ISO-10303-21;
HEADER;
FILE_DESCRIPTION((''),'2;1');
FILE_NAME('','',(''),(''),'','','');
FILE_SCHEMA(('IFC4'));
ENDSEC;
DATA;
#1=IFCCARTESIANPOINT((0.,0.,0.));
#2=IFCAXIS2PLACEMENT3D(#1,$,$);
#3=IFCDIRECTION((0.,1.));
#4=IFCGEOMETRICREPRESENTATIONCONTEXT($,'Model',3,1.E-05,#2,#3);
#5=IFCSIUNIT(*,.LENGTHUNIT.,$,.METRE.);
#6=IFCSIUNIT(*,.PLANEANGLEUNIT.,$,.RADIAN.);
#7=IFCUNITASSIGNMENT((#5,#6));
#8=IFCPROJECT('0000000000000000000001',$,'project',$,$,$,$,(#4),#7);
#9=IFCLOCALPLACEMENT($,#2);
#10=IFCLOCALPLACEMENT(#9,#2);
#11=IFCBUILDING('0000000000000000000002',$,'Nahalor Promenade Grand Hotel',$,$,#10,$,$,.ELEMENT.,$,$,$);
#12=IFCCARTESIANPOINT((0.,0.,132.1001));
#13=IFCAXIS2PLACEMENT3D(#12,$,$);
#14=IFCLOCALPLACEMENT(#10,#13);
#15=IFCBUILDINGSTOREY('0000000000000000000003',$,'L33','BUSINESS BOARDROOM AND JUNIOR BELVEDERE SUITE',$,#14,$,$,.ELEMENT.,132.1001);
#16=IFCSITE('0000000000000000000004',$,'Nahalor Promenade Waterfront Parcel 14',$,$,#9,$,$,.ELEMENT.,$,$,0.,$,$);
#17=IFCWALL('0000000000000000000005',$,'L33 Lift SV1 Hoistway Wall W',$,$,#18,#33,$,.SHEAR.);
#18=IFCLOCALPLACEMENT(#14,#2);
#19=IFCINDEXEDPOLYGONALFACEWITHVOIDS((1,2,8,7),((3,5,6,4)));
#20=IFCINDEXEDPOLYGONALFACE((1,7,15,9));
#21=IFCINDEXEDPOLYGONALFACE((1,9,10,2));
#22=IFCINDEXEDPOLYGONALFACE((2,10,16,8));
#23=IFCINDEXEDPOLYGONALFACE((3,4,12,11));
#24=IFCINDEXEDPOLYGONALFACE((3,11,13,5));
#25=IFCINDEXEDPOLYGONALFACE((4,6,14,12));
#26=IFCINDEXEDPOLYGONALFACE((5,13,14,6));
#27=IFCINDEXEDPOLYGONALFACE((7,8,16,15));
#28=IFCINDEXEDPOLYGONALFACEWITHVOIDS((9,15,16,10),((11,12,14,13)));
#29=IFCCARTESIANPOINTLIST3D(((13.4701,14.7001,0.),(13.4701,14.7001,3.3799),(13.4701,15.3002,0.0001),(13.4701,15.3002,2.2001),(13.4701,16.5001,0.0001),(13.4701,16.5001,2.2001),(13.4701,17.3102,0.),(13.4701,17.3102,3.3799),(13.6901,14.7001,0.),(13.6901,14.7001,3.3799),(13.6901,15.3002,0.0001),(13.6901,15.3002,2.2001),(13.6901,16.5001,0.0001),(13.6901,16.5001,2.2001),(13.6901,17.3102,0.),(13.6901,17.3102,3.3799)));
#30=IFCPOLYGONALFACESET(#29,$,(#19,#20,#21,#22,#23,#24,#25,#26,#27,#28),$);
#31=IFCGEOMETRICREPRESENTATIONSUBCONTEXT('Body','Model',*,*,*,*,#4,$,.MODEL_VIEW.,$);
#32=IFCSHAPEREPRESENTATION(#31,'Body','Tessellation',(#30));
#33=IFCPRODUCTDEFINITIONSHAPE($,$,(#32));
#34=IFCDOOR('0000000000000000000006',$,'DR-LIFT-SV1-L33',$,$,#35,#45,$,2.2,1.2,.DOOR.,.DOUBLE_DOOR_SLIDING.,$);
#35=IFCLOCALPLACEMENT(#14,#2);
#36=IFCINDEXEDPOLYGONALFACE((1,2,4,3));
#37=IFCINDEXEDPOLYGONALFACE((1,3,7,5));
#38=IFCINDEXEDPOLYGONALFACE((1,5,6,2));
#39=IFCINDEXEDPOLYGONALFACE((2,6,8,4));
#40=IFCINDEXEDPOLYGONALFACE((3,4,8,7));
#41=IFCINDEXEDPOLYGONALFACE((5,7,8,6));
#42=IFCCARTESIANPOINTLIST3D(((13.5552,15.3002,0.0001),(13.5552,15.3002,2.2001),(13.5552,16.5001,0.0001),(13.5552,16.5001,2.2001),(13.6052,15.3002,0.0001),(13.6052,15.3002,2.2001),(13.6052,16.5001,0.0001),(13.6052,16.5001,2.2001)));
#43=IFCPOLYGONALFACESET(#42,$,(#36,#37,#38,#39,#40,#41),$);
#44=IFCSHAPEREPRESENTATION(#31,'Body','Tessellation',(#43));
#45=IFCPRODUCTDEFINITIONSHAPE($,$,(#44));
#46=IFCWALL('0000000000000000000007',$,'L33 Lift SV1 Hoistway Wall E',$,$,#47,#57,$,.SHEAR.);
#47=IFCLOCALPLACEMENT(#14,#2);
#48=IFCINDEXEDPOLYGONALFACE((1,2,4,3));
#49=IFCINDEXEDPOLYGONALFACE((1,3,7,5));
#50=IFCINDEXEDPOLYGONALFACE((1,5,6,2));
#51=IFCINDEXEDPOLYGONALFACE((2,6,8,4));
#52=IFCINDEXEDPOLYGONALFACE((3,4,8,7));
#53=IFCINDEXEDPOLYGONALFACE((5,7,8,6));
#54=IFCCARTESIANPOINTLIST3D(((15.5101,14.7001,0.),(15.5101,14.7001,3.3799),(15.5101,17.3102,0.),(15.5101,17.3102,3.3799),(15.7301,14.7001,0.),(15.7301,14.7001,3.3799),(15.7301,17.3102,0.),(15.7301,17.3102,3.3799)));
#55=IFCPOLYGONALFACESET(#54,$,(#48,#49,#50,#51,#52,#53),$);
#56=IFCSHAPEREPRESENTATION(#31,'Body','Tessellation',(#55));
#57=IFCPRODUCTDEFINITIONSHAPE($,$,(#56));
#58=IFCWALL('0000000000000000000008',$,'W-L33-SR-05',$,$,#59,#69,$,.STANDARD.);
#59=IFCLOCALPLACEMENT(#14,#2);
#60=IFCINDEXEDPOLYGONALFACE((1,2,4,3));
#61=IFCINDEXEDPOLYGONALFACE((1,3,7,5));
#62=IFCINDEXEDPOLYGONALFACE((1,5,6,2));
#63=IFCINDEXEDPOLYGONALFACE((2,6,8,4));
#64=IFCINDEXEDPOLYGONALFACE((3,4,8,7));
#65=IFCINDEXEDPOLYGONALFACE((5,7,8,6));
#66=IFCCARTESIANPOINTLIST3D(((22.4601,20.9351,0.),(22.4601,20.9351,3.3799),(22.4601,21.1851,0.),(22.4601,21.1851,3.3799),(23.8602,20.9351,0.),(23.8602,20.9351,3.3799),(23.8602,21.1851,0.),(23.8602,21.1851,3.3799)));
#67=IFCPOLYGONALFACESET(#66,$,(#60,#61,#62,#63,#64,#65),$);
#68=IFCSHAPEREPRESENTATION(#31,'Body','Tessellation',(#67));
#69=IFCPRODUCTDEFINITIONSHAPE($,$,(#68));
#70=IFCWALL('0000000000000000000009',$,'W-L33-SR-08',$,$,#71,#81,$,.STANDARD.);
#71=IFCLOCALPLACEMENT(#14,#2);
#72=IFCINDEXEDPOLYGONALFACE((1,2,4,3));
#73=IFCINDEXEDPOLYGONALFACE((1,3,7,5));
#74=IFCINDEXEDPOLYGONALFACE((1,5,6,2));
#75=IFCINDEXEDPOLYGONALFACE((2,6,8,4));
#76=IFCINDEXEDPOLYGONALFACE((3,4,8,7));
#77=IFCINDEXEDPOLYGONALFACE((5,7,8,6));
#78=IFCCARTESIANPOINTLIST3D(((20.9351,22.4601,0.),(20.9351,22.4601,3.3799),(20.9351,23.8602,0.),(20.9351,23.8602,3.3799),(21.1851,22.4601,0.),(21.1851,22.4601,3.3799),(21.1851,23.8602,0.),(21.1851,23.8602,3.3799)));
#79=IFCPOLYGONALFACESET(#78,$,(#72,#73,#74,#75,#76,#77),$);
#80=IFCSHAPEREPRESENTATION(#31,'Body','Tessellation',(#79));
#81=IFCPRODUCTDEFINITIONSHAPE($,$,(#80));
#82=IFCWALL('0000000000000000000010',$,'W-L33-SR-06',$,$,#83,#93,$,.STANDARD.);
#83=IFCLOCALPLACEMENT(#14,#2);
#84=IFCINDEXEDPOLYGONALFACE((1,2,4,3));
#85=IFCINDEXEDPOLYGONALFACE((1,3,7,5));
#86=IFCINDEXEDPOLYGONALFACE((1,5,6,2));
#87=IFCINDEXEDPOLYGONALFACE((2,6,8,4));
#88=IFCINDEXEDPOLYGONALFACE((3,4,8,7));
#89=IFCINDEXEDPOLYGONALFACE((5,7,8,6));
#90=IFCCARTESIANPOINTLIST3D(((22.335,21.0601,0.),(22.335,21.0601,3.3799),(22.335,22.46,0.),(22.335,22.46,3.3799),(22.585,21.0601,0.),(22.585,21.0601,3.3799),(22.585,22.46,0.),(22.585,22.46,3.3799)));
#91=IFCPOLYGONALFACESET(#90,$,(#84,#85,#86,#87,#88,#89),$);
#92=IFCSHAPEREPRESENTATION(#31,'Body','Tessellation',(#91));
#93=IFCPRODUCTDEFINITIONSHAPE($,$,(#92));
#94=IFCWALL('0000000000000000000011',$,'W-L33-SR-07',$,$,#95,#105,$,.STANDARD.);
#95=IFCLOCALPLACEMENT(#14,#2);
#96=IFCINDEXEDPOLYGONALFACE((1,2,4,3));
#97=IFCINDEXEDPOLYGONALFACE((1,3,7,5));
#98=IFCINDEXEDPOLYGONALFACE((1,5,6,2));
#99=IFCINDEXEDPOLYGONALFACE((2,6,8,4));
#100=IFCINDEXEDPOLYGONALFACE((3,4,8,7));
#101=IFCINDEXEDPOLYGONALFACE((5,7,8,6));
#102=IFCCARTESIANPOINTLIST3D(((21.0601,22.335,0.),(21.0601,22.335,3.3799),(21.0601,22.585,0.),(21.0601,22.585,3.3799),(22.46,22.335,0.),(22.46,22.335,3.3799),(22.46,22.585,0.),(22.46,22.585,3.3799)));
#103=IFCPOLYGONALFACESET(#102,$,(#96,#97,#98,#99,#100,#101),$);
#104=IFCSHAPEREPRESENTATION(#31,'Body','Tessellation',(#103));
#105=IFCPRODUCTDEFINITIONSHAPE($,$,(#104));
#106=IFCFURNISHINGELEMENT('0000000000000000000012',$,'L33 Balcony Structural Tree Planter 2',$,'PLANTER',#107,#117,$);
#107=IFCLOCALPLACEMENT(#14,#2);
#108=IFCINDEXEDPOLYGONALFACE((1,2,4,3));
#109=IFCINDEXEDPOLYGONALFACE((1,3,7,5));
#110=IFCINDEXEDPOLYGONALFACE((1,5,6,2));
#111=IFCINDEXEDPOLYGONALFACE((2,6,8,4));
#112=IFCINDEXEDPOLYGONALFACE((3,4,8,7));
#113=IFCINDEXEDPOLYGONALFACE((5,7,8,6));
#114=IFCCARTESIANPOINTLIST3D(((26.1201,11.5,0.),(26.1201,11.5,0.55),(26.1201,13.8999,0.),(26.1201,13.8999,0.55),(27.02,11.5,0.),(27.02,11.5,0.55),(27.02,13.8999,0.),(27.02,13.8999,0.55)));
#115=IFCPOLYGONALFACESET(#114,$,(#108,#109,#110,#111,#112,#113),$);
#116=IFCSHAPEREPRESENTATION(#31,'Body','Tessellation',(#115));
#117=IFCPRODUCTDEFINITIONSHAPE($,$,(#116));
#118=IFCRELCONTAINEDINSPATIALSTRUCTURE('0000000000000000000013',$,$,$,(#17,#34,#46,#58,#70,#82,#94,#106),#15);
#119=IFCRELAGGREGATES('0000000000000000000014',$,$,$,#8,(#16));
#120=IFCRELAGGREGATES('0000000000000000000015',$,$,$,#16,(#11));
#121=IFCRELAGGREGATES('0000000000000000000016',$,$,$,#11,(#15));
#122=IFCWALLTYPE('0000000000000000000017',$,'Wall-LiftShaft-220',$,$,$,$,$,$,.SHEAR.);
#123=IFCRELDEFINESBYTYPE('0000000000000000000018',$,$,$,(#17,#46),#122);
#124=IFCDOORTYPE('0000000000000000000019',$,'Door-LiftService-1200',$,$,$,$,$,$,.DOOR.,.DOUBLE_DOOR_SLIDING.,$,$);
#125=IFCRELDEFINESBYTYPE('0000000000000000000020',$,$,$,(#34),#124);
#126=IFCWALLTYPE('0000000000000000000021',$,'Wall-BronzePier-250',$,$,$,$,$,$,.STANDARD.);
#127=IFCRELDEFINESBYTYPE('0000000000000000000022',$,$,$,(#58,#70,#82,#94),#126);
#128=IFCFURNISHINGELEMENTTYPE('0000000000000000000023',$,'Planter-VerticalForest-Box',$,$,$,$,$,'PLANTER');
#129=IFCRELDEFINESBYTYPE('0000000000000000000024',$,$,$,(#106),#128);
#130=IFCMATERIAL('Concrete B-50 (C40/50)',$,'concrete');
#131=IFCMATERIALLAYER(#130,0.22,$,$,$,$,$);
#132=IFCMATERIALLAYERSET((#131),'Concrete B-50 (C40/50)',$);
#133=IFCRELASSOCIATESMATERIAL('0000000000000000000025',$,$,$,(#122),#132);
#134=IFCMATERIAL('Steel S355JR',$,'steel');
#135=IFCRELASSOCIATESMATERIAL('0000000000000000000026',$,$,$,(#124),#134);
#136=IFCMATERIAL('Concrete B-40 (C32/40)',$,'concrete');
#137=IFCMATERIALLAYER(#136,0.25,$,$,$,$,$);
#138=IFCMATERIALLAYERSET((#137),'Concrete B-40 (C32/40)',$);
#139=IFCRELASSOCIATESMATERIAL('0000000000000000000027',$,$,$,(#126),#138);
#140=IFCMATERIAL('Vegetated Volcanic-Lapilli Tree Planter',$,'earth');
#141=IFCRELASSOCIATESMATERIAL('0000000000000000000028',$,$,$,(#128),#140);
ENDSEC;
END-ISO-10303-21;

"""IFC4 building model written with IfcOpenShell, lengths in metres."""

from ifc_helpers import new_model, si_unit, direction, frame, frame_2d, origin, origin_2d, place, context, subcontext, project, spatial, rectangle, extrude, source, transform, mapped, material, layer, layer_set, type_object, element, fill, save


model = new_model("IFC4")

# Units and contexts
model_context = context("Model", 3, precision=1e-05, world=origin(), true_north=direction((0.0, 1.0)))
body_context = subcontext(model_context, "Body", "Model", "MODEL_VIEW")
ifc_project = project(units=[si_unit("LENGTHUNIT", "METRE"), si_unit("PLANEANGLEUNIT", "RADIAN")], contexts=[model_context])

# Site, building, storey
site_placement = place(None, origin())
site = spatial("IfcSite", under=ifc_project, at=site_placement, Name="Nahalor Promenade Waterfront Parcel 14", CompositionType="ELEMENT", RefElevation=0.0)
building_placement = place(site_placement, origin())
building = spatial("IfcBuilding", under=site, at=building_placement, Name="Nahalor Promenade Grand Hotel", CompositionType="ELEMENT")
storey_placement = place(building_placement, frame((0.0, 0.0, 132.1001)))
storey = spatial("IfcBuildingStorey", under=building, at=storey_placement, Name="L33", Description="BUSINESS BOARDROOM AND JUNIOR BELVEDERE SUITE", CompositionType="ELEMENT", Elevation=132.1001)

# Shared definitions
ifc_material_1 = material(Name="Steel S355JR", Category="steel")

# Shared definitions
ifc_material_2 = material(Name="Concrete B-50 (C40/50)", Category="concrete")
ifc_layer_1 = layer(ifc_material_2, 0.22)
ifc_layer_set_1 = layer_set([ifc_layer_1], Name="Concrete B-50 (C40/50)")
wall_type_1 = type_object("IfcWallType", Name="Wall-LiftShaft-220", PredefinedType="SHEAR", material=ifc_layer_set_1)

# Wall, opening, door
shared_shape_1 = source(origin(), body_context, "Body", "SweptSolid", [
    extrude(rectangle(XDim=2.6101, YDim=0.22, at=frame_2d((1.3052, 0.0))), origin(), (0.0, 0.0, 1.0), 3.3799),
])
wall_1_placement = place(storey_placement, frame((13.5801, 14.7, 0.0), z_axis=(0.0, 0.0, 1.0), x_axis=(0.0, 1.0, 0.0)))
wall_1 = element("IfcWall", 1, at=wall_1_placement, inside=storey, type_object=wall_type_1, Name="L33 Lift SV1 Hoistway Wall W", PredefinedType="SHEAR", context=body_context, shape_type="MappedRepresentation", body=[
    mapped(shared_shape_1, transform((0.0, 0.0, 0.0), scale=1.0)),
])
opening_placement = place(wall_1_placement, frame((0.6001, 0.0, 0.0)))
opening = element("IfcOpeningElement", 2, at=opening_placement, cuts=wall_1, PredefinedType="OPENING", context=body_context, shape_type="SweptSolid", body=[
    extrude(rectangle(XDim=1.2, YDim=2.2, at=frame_2d((0.6001, 1.1001))), frame((0.0, 0.1199, 0.0), z_axis=(0.0, -1.0, 0.0), x_axis=(1.0, 0.0, 0.0)), (0.0, 0.0, 1.0), 0.24),
])
door_type = type_object("IfcDoorType", Name="Door-LiftService-1200", OperationType="DOUBLE_DOOR_SLIDING", PredefinedType="DOOR", material=ifc_material_1)
shared_shape_2 = source(origin(), body_context, "Body", "SweptSolid", [
    extrude(rectangle(XDim=1.2, YDim=2.2, at=frame_2d((0.6001, 1.1001))), frame((0.0, 0.0249, 0.0), z_axis=(0.0, -1.0, 0.0), x_axis=(1.0, 0.0, 0.0)), (0.0, 0.0, 1.0), 0.05),
])
door_placement = place(opening_placement, origin())
door = element("IfcDoor", 3, at=door_placement, inside=storey, type_object=door_type, Name="DR-LIFT-SV1-L33", OperationType="DOUBLE_DOOR_SLIDING", OverallHeight=2.2, OverallWidth=1.2, PredefinedType="DOOR", context=body_context, shape_type="MappedRepresentation", body=[
    mapped(shared_shape_2, transform((0.0, 0.0, 0.0), scale=1.0)),
])
fill(opening, door)

# Walls
wall_2_placement = place(storey_placement, frame((15.6201, 14.7, 0.0), z_axis=(0.0, 0.0, 1.0), x_axis=(0.0, 1.0, 0.0)))
element("IfcWall", 4, at=wall_2_placement, inside=storey, type_object=wall_type_1, Name="L33 Lift SV1 Hoistway Wall E", PredefinedType="SHEAR", context=body_context, shape_type="MappedRepresentation", body=[
    mapped(shared_shape_1, transform((0.0, 0.0, 0.0), scale=1.0)),
])
ifc_material_3 = material(Name="Concrete B-40 (C32/40)", Category="concrete")
ifc_layer_2 = layer(ifc_material_3, 0.25)
ifc_layer_set_2 = layer_set([ifc_layer_2], Name="Concrete B-40 (C32/40)")
wall_type_2 = type_object("IfcWallType", Name="Wall-BronzePier-250", PredefinedType="STANDARD", material=ifc_layer_set_2)
shared_shape_3 = source(origin(), body_context, "Body", "SweptSolid", [
    extrude(rectangle(XDim=1.4001, YDim=0.25, at=frame_2d((0.7002, 0.0))), origin(), (0.0, 0.0, 1.0), 3.3799),
])
for number, where, z_axis, x_axis, name in (
    (5, (22.46, 21.0601, 0.0), (0.0, 0.0, 1.0), (1.0, 0.0, 0.0), "W-L33-SR-05"),
    (6, (21.0601, 22.46, 0.0), (0.0, 0.0, 1.0), (0.0, 1.0, 0.0), "W-L33-SR-08"),
):
    element("IfcWall", number, at=place(storey_placement, frame(where, z_axis=z_axis, x_axis=x_axis)), inside=storey, type_object=wall_type_2, Name=name, PredefinedType="STANDARD", context=body_context, shape_type="MappedRepresentation", body=[
        mapped(shared_shape_3, transform((0.0, 0.0, 0.0), scale=1.0)),
    ])
shared_shape_4 = source(origin(), body_context, "Body", "SweptSolid", [
    extrude(rectangle(XDim=1.3999, YDim=0.25, at=frame_2d((0.7, 0.0))), origin(), (0.0, 0.0, 1.0), 3.3799),
])
for number, where, z_axis, x_axis, name in (
    (7, (22.46, 21.0601, 0.0), (0.0, 0.0, 1.0), (0.0, 1.0, 0.0), "W-L33-SR-06"),
    (8, (21.0601, 22.46, 0.0), (0.0, 0.0, 1.0), (1.0, 0.0, 0.0), "W-L33-SR-07"),
):
    element("IfcWall", number, at=place(storey_placement, frame(where, z_axis=z_axis, x_axis=x_axis)), inside=storey, type_object=wall_type_2, Name=name, PredefinedType="STANDARD", context=body_context, shape_type="MappedRepresentation", body=[
        mapped(shared_shape_4, transform((0.0, 0.0, 0.0), scale=1.0)),
    ])

# Furnishing element
ifc_material_4 = material(Name="Vegetated Volcanic-Lapilli Tree Planter", Category="earth")
furnishing_element_type = type_object("IfcFurnishingElementType", Name="Planter-VerticalForest-Box", ElementType="PLANTER", material=ifc_material_4)
shared_shape_5 = source(origin(), body_context, "Body", "SweptSolid", [
    extrude(rectangle(XDim=2.3999, YDim=0.8999, at=origin_2d()), origin(), (0.0, 0.0, 1.0), 0.55),
])
furnishing_placement = place(storey_placement, frame((26.5701, 12.7, 0.0), z_axis=(0.0, 0.0, 1.0), x_axis=(0.0, 1.0, 0.0)))
element("IfcFurnishingElement", 9, at=furnishing_placement, inside=storey, type_object=furnishing_element_type, Name="L33 Balcony Structural Tree Planter 2", ObjectType="PLANTER", context=body_context, shape_type="MappedRepresentation", body=[
    mapped(shared_shape_5, transform((0.0, 0.0, 0.0), scale=1.0)),
])

save(model, "model.ifc")
